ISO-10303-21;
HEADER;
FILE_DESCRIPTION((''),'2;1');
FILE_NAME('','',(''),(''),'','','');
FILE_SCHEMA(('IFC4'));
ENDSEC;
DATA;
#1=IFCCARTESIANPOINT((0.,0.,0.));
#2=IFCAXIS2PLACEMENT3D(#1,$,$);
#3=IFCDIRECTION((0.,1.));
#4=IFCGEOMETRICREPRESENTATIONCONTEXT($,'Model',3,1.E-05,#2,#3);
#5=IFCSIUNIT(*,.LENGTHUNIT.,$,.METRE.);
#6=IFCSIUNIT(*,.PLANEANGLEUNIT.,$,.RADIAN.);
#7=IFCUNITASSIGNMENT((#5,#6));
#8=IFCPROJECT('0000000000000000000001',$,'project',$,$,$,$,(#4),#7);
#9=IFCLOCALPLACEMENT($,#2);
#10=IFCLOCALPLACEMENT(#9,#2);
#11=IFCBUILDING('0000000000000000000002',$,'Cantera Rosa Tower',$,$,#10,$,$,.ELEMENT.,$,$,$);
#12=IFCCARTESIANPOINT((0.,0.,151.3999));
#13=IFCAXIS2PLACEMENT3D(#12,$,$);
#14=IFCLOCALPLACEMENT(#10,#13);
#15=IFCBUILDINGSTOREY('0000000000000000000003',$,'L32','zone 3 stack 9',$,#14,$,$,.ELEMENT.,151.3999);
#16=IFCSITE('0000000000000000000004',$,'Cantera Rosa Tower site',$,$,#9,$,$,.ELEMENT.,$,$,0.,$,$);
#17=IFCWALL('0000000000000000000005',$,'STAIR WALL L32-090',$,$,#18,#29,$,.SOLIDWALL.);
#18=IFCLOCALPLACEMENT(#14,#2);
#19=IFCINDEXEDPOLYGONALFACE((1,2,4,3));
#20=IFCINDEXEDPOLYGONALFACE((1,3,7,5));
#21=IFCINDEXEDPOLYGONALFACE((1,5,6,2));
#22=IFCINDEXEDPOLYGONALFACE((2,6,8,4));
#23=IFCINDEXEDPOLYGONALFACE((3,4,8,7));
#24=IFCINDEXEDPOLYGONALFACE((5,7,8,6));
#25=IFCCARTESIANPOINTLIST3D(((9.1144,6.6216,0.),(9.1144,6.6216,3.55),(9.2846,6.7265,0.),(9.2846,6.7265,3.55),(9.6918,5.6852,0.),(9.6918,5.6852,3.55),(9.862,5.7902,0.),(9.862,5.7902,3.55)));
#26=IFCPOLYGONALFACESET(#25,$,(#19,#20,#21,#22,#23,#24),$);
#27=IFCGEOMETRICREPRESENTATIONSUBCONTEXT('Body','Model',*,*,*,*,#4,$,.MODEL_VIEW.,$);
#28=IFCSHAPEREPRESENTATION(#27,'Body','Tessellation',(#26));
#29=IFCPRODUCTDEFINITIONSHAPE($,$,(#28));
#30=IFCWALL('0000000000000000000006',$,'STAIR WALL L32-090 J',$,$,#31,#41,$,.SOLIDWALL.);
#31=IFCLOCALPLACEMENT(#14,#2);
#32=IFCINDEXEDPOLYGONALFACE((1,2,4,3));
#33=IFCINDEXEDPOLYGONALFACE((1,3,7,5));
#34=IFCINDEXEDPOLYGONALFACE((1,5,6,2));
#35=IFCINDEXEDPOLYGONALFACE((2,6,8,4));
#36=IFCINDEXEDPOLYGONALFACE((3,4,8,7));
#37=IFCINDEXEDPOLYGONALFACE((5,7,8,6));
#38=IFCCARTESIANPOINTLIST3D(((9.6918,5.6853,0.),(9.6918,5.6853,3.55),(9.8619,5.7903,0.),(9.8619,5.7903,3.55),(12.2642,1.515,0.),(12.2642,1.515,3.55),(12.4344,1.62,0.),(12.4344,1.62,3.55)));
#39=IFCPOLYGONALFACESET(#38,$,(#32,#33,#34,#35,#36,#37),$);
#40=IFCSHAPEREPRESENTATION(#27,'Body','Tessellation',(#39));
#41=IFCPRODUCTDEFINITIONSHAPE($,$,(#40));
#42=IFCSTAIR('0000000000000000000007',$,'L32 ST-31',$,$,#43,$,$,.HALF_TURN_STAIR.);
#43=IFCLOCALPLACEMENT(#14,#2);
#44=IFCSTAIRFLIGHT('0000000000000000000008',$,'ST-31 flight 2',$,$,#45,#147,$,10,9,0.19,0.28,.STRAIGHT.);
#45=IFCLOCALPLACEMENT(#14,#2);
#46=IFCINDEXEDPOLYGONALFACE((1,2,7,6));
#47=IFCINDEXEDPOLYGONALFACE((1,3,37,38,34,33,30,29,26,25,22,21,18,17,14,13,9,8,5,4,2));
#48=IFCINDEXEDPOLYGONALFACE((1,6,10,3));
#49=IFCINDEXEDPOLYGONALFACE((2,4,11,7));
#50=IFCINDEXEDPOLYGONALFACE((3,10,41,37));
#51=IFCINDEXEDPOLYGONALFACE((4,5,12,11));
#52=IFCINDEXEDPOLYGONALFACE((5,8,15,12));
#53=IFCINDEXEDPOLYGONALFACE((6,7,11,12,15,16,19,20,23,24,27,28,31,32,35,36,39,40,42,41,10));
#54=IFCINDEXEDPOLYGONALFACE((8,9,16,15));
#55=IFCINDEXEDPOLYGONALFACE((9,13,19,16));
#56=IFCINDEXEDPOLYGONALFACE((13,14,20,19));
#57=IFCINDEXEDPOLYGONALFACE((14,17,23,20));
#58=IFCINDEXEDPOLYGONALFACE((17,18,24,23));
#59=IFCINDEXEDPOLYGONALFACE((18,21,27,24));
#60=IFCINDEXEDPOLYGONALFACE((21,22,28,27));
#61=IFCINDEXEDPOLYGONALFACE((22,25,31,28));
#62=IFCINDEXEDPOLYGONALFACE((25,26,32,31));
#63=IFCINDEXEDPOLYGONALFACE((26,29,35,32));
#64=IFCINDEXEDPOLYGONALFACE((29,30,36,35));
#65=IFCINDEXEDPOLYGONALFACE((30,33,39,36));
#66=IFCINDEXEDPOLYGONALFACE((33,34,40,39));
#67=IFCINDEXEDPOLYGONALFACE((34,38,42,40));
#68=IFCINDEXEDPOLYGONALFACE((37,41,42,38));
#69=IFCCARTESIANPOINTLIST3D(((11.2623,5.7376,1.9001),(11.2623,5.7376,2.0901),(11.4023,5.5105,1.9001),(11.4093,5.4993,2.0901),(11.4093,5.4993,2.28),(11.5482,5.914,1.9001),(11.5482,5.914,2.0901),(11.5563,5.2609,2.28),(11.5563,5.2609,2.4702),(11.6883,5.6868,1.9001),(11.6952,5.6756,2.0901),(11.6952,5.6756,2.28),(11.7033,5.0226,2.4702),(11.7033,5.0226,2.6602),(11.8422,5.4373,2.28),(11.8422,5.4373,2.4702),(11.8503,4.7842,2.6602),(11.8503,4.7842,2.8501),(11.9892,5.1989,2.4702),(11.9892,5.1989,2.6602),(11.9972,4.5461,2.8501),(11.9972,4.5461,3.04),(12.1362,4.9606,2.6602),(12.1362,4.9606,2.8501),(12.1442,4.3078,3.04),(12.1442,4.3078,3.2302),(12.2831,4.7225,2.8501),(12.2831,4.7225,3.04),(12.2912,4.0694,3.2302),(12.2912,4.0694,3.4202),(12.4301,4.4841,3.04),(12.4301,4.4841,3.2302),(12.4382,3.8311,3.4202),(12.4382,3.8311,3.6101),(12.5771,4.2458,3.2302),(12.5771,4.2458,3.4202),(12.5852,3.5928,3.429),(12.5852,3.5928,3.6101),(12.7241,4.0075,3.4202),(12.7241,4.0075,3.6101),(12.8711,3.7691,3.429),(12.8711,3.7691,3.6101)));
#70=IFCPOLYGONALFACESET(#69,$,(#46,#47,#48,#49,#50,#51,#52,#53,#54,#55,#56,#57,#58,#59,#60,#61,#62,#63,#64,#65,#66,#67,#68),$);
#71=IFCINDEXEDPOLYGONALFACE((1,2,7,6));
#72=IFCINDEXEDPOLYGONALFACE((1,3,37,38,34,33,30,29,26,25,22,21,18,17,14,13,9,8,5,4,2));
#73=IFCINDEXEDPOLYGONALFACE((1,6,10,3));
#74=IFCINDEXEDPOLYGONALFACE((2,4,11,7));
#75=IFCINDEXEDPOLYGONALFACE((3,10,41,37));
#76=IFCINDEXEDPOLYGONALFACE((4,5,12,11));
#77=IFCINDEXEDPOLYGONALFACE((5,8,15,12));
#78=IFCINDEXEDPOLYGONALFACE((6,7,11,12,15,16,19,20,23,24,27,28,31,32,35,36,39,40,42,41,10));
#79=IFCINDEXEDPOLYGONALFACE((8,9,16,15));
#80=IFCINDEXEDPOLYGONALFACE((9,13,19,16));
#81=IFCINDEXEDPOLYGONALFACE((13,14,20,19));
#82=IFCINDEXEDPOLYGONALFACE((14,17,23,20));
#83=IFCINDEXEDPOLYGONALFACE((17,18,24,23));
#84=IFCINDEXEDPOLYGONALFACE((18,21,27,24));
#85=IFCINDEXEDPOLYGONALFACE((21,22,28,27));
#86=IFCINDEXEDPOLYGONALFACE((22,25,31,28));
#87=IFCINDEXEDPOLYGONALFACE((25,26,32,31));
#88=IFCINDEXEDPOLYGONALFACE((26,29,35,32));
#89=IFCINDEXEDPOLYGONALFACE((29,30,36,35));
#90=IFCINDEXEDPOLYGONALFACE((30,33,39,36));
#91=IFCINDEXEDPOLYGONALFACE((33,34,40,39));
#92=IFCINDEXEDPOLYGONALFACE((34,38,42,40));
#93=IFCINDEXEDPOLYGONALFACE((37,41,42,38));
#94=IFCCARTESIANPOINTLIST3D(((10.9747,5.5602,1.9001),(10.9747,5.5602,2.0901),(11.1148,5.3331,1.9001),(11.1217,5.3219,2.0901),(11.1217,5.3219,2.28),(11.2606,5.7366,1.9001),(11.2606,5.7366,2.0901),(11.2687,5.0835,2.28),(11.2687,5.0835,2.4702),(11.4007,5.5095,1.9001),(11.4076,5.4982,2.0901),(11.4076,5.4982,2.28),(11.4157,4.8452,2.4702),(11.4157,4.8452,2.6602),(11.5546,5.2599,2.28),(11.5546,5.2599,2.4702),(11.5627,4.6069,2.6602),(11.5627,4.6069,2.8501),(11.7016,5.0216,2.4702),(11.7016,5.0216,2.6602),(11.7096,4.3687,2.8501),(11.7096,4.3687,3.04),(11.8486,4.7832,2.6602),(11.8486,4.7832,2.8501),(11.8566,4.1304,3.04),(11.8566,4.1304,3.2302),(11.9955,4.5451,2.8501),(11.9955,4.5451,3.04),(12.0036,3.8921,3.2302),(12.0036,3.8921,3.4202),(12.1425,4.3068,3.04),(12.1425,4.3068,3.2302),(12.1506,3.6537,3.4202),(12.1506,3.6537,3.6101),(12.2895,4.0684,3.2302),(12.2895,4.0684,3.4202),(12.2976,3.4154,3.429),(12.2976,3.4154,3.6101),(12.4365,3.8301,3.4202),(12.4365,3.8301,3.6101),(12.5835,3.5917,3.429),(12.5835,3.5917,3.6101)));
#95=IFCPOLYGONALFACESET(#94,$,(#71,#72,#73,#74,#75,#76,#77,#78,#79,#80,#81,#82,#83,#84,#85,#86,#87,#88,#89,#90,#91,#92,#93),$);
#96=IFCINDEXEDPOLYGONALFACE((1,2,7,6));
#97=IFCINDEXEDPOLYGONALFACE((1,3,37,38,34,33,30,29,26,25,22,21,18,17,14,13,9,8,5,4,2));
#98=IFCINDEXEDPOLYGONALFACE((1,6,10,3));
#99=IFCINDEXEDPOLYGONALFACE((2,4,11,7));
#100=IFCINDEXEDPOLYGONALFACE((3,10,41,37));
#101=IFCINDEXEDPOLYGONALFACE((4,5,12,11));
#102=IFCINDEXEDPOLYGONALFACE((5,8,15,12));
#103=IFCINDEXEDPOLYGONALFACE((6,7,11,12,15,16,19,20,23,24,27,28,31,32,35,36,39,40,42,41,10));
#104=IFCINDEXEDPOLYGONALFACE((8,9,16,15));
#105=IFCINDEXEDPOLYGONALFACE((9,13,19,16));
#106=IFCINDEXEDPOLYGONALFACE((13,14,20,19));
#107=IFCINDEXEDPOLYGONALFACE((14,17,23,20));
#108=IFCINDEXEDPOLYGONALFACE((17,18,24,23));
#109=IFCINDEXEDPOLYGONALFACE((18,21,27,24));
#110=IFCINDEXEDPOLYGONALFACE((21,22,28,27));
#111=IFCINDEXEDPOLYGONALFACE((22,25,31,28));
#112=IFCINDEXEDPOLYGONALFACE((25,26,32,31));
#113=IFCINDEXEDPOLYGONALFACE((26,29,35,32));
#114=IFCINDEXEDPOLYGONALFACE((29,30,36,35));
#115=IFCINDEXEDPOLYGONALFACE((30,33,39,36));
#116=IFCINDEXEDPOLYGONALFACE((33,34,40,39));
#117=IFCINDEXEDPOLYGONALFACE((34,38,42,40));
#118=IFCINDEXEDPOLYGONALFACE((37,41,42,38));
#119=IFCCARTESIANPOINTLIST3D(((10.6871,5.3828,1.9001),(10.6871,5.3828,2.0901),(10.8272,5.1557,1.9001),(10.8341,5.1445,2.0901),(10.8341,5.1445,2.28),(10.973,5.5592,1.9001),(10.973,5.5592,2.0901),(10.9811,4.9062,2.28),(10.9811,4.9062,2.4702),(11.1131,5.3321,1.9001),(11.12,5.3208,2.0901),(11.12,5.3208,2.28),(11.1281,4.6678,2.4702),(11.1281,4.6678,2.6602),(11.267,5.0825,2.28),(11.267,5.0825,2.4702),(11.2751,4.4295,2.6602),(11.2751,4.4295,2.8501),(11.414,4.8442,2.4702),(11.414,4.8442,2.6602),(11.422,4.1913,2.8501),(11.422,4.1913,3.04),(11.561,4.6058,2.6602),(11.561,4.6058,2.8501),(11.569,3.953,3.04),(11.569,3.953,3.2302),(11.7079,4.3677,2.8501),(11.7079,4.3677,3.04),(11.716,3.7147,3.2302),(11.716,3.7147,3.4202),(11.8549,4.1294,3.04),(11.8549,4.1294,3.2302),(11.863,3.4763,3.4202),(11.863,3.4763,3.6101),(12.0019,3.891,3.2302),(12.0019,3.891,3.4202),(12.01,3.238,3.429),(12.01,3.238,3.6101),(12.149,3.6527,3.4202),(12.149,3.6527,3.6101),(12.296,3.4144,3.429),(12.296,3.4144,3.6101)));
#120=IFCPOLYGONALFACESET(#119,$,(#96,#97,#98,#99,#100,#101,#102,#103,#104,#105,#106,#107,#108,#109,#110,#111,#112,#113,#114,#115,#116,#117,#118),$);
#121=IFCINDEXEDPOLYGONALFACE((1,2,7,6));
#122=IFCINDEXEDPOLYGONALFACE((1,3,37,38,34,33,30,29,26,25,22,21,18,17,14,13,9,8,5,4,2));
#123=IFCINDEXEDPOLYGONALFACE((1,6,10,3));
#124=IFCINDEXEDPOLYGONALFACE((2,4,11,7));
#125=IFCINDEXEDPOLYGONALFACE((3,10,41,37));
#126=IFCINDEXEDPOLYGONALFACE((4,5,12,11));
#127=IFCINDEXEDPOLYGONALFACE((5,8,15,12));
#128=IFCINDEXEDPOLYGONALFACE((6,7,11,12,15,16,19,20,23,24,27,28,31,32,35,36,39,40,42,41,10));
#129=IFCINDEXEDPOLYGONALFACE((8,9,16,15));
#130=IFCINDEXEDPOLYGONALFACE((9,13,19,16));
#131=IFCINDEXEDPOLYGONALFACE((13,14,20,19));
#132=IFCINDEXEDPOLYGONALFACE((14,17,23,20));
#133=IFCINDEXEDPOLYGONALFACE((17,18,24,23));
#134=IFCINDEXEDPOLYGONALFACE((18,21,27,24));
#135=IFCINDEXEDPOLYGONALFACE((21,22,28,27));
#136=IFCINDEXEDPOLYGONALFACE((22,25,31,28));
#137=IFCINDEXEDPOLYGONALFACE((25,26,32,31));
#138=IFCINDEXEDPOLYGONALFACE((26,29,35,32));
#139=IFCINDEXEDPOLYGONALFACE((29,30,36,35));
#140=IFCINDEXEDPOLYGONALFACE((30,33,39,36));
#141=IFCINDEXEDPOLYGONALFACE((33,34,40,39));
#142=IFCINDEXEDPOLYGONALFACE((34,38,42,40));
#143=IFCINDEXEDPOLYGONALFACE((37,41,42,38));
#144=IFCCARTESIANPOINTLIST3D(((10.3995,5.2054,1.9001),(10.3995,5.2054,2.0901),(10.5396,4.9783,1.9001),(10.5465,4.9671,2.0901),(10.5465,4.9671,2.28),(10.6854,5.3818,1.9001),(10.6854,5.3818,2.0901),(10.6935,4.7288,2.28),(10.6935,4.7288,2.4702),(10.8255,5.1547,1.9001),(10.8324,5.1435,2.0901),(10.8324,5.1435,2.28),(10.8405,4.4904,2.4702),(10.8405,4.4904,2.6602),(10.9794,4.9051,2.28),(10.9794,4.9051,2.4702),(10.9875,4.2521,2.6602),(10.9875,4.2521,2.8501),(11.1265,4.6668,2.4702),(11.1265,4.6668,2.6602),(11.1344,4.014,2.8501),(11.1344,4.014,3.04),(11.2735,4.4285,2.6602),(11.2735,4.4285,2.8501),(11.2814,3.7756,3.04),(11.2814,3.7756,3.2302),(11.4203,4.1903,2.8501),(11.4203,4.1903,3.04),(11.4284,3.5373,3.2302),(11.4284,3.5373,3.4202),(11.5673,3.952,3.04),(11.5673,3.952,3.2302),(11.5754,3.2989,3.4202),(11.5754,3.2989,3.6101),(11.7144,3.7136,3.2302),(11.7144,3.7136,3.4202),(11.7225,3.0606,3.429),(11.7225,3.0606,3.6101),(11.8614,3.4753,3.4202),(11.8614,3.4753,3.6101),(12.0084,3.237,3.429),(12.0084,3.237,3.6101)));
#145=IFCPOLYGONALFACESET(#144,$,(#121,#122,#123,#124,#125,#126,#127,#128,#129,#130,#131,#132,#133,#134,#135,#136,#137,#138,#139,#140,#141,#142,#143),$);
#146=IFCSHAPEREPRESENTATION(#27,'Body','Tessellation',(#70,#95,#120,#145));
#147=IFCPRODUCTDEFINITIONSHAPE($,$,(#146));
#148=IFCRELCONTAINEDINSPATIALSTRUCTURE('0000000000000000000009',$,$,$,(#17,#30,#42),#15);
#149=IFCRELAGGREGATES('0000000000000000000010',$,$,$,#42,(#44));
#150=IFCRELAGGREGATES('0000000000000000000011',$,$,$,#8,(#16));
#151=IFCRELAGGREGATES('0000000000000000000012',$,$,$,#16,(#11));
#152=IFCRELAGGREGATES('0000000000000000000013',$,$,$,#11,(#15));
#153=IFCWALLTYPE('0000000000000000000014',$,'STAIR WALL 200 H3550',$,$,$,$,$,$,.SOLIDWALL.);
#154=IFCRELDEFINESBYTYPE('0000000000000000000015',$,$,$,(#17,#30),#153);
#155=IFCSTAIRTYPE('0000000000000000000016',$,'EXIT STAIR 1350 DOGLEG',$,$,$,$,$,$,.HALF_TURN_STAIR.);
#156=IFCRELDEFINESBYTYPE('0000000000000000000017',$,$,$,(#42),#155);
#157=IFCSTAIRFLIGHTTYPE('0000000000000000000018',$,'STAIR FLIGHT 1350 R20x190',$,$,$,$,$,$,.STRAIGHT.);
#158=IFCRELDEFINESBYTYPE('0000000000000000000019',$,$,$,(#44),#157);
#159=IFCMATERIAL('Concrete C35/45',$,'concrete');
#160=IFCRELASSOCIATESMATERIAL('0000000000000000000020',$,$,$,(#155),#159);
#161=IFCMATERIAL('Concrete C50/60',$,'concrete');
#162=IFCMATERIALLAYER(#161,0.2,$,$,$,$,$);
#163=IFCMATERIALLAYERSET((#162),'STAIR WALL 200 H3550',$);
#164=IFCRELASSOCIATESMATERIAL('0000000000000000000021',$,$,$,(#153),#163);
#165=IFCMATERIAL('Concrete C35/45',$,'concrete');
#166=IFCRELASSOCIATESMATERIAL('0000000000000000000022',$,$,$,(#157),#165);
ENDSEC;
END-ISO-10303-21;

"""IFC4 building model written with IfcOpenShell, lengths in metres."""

from ifc_helpers import new_model, si_unit, direction, frame, frame_2d, origin, place, context, subcontext, project, spatial, polyline, rectangle, outline, extrude, material, layer, layer_set, type_object, element, aggregate, save


model = new_model("IFC4")

# Units and contexts
model_context = context("Model", 3, precision=1e-05, world=origin(), true_north=direction((0.0, 1.0)))
body_context = subcontext(model_context, "Body", "Model", "MODEL_VIEW")
ifc_project = project(units=[si_unit("LENGTHUNIT", "METRE"), si_unit("PLANEANGLEUNIT", "RADIAN")], contexts=[model_context])

# Site, building, storey
site_placement = place(None, origin())
site = spatial("IfcSite", under=ifc_project, at=site_placement, Name="Cantera Rosa Tower site", CompositionType="ELEMENT", RefElevation=0.0)
building_placement = place(site_placement, origin())
building = spatial("IfcBuilding", under=site, at=building_placement, Name="Cantera Rosa Tower", CompositionType="ELEMENT")
storey_placement = place(building_placement, frame((0.0, 0.0, 151.3999)))
storey = spatial("IfcBuildingStorey", under=building, at=storey_placement, Name="L32", Description="zone 3 stack 9", CompositionType="ELEMENT", Elevation=151.3999)

# Shared definitions
ifc_material_1 = material(Name="Concrete C35/45", Category="concrete")
stair_type = type_object("IfcStairType", Name="EXIT STAIR 1350 DOGLEG", PredefinedType="HALF_TURN_STAIR", material=ifc_material_1)

# Walls
ifc_material_2 = material(Name="Concrete C50/60", Category="concrete")
ifc_layer_1 = layer(ifc_material_2, 0.2)
ifc_layer_set_1 = layer_set([ifc_layer_1], Name="STAIR WALL 200 H3550")
wall_type_1 = type_object("IfcWallType", Name="STAIR WALL 200 H3550", PredefinedType="SOLIDWALL", material=ifc_layer_set_1)
wall_1_placement = place(storey_placement, frame((9.1995, 6.6741, 0.0), z_axis=(0.0, 0.0, 1.0), x_axis=(0.524902, -0.851163, 0.0)))
element("IfcWall", 1, at=wall_1_placement, inside=storey, type_object=wall_type_1, Name="STAIR WALL L32-090", PredefinedType="SOLIDWALL", context=body_context, shape_type="SweptSolid", body=[
    extrude(rectangle(XDim=1.1001, YDim=0.2, at=frame_2d((0.55, 0.0))), origin(), (0.0, 0.0, 1.0), 3.55),
])
wall_2_placement = place(storey_placement, frame((9.7769, 5.7378, 0.0), z_axis=(0.0, 0.0, 1.0), x_axis=(0.525001, -0.851102, 0.0)))
element("IfcWall", 2, at=wall_2_placement, inside=storey, type_object=wall_type_1, Name="STAIR WALL L32-090 J", PredefinedType="SOLIDWALL", context=body_context, shape_type="SweptSolid", body=[
    extrude(rectangle(XDim=4.8999, YDim=0.2, at=frame_2d((2.45, 0.0))), origin(), (0.0, 0.0, 1.0), 3.55),
])

# Stair, stair flight
stair_1_placement = place(storey_placement, origin())
stair_1 = element("IfcStair", 3, at=stair_1_placement, inside=storey, type_object=stair_type, Name="L32 ST-31", PredefinedType="HALF_TURN_STAIR")
ifc_material_3 = material(Name="Concrete C35/45", Category="concrete")
stair_flight_type = type_object("IfcStairFlightType", Name="STAIR FLIGHT 1350 R20x190", PredefinedType="STRAIGHT", material=ifc_material_3)
stair_flight_placement = place(storey_placement, frame((10.9736, 5.5596, 1.9001), z_axis=(0.0, 0.0, 1.0), x_axis=(0.524977, -0.851117, 0.0)))
stair_flight = element("IfcStairFlight", 4, at=stair_flight_placement, type_object=stair_flight_type, Name="ST-31 flight 2", NumberOfRisers=10, NumberOfTreads=9, PredefinedType="STRAIGHT", RiserHeight=0.19, TreadLength=0.28, context=body_context, shape_type="SweptSolid", body=[
    extrude(outline(polyline([(0.0, 0.0), (0.0, 0.1899), (0.28, 0.1899), (0.28, 0.3799), (0.5601, 0.3799), (0.5601, 0.5701), (0.8401, 0.5701), (0.8401, 0.76), (1.1201, 0.76), (1.1201, 0.95), (1.3999, 0.95), (1.3999, 1.1399), (1.6799, 1.1399), (1.6799, 1.3301), (1.96, 1.3301), (1.96, 1.52), (2.24, 1.52), (2.24, 1.71), (2.52, 1.71), (2.52, 1.8999), (2.52, 1.5288), (0.2668, 0.0), (0.0, 0.0)])), frame((0.0, 0.675, 0.0), z_axis=(0.0, -1.0, 0.0), x_axis=(1.0, 0.0, 0.0)), (0.0, 0.0, 1.0), 0.3359),
    extrude(outline(polyline([(0.0, 0.0), (0.0, 0.1899), (0.28, 0.1899), (0.28, 0.3799), (0.5601, 0.3799), (0.5601, 0.5701), (0.8401, 0.5701), (0.8401, 0.76), (1.1201, 0.76), (1.1201, 0.95), (1.3999, 0.95), (1.3999, 1.1399), (1.6799, 1.1399), (1.6799, 1.3301), (1.96, 1.3301), (1.96, 1.52), (2.24, 1.52), (2.24, 1.71), (2.52, 1.71), (2.52, 1.8999), (2.52, 1.5288), (0.2668, 0.0), (0.0, 0.0)])), frame((0.0, 0.3372, 0.0), z_axis=(0.0, -1.0, 0.0), x_axis=(1.0, 0.0, 0.0)), (0.0, 0.0, 1.0), 0.3359),
    extrude(outline(polyline([(0.0, 0.0), (0.0, 0.1899), (0.28, 0.1899), (0.28, 0.3799), (0.5601, 0.3799), (0.5601, 0.5701), (0.8401, 0.5701), (0.8401, 0.76), (1.1201, 0.76), (1.1201, 0.95), (1.3999, 0.95), (1.3999, 1.1399), (1.6799, 1.1399), (1.6799, 1.3301), (1.96, 1.3301), (1.96, 1.52), (2.24, 1.52), (2.24, 1.71), (2.52, 1.71), (2.52, 1.8999), (2.52, 1.5288), (0.2668, 0.0), (0.0, 0.0)])), frame((0.0, -0.0007, 0.0), z_axis=(0.0, -1.0, 0.0), x_axis=(1.0, 0.0, 0.0)), (0.0, 0.0, 1.0), 0.3359),
    extrude(outline(polyline([(0.0, 0.0), (0.0, 0.1899), (0.28, 0.1899), (0.28, 0.3799), (0.5601, 0.3799), (0.5601, 0.5701), (0.8401, 0.5701), (0.8401, 0.76), (1.1201, 0.76), (1.1201, 0.95), (1.3999, 0.95), (1.3999, 1.1399), (1.6799, 1.1399), (1.6799, 1.3301), (1.96, 1.3301), (1.96, 1.52), (2.24, 1.52), (2.24, 1.71), (2.52, 1.71), (2.52, 1.8999), (2.52, 1.5288), (0.2668, 0.0), (0.0, 0.0)])), frame((0.0, -0.3386, 0.0), z_axis=(0.0, -1.0, 0.0), x_axis=(1.0, 0.0, 0.0)), (0.0, 0.0, 1.0), 0.3359),
])
aggregate(stair_1, [stair_flight])

save(model, "model.ifc")
